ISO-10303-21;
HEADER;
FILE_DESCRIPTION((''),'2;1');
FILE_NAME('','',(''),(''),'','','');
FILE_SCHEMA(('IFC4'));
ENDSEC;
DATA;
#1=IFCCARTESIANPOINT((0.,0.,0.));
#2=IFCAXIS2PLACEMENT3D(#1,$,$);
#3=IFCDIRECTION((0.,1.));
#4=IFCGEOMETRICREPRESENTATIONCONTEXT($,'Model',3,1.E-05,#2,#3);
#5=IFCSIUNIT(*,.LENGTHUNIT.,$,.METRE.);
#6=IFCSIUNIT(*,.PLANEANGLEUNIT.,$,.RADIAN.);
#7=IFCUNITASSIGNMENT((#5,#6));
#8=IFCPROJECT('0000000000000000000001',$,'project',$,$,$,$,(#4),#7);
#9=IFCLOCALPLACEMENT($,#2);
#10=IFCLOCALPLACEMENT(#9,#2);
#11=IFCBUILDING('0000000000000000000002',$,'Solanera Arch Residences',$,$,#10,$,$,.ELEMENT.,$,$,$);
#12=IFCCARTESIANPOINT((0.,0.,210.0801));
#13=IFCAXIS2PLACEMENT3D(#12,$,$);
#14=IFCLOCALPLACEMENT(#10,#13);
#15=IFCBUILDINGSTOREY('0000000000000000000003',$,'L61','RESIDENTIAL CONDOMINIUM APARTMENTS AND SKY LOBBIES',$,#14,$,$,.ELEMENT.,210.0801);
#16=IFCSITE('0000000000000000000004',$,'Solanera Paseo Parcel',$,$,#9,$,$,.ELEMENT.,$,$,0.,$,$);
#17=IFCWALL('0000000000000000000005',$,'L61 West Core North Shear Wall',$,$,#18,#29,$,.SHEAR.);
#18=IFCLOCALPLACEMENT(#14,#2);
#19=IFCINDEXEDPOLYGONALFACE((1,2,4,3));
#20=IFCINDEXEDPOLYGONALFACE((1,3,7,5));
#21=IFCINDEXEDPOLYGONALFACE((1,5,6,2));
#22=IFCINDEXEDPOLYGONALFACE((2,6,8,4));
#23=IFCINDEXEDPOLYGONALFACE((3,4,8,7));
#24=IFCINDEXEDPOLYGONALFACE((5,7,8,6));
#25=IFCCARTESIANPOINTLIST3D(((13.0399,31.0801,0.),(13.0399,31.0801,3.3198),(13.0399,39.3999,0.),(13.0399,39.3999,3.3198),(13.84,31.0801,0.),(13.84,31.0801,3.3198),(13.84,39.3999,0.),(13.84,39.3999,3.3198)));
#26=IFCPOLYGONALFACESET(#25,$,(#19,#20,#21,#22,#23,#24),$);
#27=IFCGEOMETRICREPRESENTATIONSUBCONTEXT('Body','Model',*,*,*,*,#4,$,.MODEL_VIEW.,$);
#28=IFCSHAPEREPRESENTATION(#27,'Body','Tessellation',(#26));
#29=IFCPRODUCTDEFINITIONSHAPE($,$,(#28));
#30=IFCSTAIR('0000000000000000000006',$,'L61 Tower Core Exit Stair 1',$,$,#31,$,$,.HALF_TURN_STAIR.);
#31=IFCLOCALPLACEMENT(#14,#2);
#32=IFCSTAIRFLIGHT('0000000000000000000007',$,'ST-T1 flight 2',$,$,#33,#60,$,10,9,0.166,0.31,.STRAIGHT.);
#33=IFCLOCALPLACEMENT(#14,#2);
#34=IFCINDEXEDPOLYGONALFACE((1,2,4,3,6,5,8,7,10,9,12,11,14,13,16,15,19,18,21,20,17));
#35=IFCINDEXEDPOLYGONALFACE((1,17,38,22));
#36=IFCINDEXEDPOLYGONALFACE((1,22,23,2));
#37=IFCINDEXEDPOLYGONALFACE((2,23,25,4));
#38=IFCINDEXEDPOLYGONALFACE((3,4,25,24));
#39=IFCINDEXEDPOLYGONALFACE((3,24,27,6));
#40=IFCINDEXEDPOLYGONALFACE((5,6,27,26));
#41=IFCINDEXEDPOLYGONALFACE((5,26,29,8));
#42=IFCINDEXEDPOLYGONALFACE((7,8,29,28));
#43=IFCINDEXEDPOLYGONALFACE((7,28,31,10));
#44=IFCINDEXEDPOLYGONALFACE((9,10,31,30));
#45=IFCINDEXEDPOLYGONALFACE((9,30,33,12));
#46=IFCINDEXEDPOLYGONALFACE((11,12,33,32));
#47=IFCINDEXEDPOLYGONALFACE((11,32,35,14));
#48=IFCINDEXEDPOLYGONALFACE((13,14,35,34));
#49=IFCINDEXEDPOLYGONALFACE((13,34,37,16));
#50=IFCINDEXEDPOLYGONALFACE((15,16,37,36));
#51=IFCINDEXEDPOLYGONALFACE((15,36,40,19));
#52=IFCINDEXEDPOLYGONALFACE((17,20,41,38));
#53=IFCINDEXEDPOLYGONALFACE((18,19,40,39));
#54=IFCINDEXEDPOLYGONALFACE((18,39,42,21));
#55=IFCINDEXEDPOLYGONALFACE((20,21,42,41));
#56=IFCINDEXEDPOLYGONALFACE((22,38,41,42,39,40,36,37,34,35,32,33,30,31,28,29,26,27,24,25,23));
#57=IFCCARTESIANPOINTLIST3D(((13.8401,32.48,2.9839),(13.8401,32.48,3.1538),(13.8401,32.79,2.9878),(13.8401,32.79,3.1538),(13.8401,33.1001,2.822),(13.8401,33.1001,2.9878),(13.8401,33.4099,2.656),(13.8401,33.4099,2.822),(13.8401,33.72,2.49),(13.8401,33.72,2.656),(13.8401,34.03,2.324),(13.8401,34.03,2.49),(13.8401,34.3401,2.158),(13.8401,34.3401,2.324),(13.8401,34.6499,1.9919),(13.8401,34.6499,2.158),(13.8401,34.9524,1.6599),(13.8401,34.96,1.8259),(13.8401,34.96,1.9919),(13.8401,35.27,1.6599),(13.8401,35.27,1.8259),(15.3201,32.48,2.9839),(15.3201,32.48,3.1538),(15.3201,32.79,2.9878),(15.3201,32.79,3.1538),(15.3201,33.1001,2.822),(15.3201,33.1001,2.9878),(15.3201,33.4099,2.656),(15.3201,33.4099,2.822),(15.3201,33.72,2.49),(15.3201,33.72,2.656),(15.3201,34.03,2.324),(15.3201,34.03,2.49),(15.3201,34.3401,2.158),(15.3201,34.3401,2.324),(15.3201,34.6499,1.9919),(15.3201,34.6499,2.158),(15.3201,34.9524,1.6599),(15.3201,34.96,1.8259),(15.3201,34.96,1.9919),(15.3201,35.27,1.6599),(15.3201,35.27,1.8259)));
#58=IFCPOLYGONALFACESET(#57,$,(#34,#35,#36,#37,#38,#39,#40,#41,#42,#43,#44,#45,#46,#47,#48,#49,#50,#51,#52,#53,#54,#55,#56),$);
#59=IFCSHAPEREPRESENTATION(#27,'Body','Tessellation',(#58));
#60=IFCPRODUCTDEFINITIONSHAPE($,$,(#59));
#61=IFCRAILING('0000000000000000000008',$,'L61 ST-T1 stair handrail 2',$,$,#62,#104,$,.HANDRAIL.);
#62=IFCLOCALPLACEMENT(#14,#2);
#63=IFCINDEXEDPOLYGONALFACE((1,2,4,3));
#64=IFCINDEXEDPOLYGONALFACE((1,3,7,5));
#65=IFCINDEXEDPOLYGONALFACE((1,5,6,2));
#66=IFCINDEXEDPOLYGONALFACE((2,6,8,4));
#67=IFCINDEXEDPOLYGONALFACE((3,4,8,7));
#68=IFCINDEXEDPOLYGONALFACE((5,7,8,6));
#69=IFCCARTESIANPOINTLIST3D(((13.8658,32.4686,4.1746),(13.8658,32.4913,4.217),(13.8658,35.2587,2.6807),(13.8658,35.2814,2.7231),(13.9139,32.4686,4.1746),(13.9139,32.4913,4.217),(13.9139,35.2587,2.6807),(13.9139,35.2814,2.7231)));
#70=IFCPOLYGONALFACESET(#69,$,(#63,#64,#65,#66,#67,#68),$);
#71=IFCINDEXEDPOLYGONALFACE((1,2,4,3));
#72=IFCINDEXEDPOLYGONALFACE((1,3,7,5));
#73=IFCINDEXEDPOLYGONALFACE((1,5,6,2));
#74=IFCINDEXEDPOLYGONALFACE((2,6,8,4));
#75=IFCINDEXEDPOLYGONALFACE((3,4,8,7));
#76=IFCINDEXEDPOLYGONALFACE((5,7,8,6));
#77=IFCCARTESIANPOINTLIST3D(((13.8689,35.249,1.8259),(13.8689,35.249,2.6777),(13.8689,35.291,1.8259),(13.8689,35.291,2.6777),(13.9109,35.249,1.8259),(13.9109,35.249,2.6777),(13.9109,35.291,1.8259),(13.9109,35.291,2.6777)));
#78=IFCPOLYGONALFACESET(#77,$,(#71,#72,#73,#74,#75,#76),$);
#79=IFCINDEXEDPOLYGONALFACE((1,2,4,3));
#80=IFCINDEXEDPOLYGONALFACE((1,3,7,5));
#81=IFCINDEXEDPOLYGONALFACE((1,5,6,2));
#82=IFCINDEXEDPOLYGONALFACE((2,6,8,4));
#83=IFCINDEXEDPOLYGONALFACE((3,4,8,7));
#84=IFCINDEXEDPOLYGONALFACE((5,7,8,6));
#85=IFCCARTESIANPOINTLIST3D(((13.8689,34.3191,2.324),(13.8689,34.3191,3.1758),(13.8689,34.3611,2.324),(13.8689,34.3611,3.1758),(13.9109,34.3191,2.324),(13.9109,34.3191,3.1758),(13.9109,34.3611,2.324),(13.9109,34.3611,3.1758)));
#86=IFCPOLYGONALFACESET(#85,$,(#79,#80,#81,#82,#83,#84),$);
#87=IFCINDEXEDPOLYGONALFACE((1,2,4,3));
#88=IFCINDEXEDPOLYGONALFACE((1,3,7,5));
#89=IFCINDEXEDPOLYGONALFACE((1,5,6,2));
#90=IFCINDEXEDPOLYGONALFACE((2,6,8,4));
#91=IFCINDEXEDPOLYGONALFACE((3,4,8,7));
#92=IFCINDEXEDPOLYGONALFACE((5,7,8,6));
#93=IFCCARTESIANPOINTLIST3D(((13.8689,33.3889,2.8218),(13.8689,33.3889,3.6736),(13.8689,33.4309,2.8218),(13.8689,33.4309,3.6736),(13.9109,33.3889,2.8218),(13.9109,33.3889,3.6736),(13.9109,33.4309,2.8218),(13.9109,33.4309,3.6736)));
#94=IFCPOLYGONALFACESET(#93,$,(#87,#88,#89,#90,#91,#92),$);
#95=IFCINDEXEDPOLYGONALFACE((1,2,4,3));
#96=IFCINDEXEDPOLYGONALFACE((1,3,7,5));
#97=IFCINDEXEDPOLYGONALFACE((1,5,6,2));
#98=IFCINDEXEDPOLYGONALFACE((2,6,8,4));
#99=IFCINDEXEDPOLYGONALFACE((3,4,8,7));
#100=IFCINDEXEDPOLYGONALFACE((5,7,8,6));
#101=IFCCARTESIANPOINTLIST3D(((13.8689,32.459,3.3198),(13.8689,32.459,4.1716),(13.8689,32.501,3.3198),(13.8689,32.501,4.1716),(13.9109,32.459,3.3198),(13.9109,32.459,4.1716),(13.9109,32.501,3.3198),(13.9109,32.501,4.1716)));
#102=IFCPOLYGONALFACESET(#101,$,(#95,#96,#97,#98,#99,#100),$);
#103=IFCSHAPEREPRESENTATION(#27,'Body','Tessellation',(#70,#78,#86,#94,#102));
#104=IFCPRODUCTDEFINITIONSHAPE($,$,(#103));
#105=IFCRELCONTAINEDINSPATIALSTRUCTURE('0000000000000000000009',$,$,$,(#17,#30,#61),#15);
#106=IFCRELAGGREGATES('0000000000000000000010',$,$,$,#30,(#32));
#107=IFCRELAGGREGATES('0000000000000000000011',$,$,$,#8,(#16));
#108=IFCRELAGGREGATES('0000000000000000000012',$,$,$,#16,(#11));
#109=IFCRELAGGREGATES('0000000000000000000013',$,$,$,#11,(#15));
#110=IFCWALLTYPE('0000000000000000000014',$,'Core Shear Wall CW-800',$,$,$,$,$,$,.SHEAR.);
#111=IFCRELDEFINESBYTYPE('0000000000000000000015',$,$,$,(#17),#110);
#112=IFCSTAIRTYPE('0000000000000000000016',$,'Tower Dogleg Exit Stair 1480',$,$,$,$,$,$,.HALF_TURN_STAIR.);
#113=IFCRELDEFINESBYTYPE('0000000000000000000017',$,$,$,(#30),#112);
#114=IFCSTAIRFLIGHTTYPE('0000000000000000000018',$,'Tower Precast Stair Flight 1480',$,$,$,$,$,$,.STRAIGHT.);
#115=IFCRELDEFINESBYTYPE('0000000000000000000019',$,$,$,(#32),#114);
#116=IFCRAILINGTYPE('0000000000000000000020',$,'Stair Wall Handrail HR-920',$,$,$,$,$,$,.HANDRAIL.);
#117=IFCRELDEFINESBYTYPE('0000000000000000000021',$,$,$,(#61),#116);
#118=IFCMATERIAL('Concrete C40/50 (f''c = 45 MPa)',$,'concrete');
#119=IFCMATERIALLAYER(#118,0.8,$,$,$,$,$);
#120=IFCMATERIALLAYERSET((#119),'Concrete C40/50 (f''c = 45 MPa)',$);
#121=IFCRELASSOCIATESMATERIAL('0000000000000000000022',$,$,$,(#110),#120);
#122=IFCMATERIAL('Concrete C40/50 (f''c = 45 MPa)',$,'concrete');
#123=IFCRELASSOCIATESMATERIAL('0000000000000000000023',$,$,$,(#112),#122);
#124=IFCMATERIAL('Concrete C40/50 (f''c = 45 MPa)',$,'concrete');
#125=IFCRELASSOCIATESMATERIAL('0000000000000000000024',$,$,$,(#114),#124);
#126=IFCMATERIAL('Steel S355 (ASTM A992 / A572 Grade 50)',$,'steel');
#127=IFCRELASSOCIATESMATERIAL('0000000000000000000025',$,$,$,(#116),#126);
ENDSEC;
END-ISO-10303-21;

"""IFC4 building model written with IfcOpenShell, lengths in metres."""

from ifc_helpers import new_model, si_unit, direction, frame, frame_2d, origin, origin_2d, place, context, subcontext, project, spatial, polyline, rectangle, outline, extrude, material, layer, layer_set, type_object, element, aggregate, save


model = new_model("IFC4")

# Units and contexts
model_context = context("Model", 3, precision=1e-05, world=origin(), true_north=direction((0.0, 1.0)))
body_context = subcontext(model_context, "Body", "Model", "MODEL_VIEW")
ifc_project = project(units=[si_unit("LENGTHUNIT", "METRE"), si_unit("PLANEANGLEUNIT", "RADIAN")], contexts=[model_context])

# Site, building, storey
site_placement = place(None, origin())
site = spatial("IfcSite", under=ifc_project, at=site_placement, Name="Solanera Paseo Parcel", CompositionType="ELEMENT", RefElevation=0.0)
building_placement = place(site_placement, origin())
building = spatial("IfcBuilding", under=site, at=building_placement, Name="Solanera Arch Residences", CompositionType="ELEMENT")
storey_placement = place(building_placement, frame((0.0, 0.0, 210.0801)))
storey = spatial("IfcBuildingStorey", under=building, at=storey_placement, Name="L61", Description="RESIDENTIAL CONDOMINIUM APARTMENTS AND SKY LOBBIES", CompositionType="ELEMENT", Elevation=210.0801)

# Wall
ifc_material_1 = material(Name="Concrete C40/50 (f'c = 45 MPa)", Category="concrete")
ifc_layer_1 = layer(ifc_material_1, 0.8)
ifc_layer_set_1 = layer_set([ifc_layer_1], Name="Concrete C40/50 (f'c = 45 MPa)")
wall_type_1 = type_object("IfcWallType", Name="Core Shear Wall CW-800", PredefinedType="SHEAR", material=ifc_layer_set_1)
wall_1_placement = place(storey_placement, frame((13.4399, 31.0801, 0.0), z_axis=(0.0, 0.0, 1.0), x_axis=(0.0, 1.0, 0.0)))
element("IfcWall", 1, at=wall_1_placement, inside=storey, type_object=wall_type_1, Name="L61 West Core North Shear Wall", PredefinedType="SHEAR", context=body_context, shape_type="SweptSolid", body=[
    extrude(rectangle(XDim=8.3198, YDim=0.8, at=frame_2d((4.1599, 0.0))), origin(), (0.0, 0.0, 1.0), 3.3198),
])

# Stair, stair flight
ifc_material_2 = material(Name="Concrete C40/50 (f'c = 45 MPa)", Category="concrete")
stair_type = type_object("IfcStairType", Name="Tower Dogleg Exit Stair 1480", PredefinedType="HALF_TURN_STAIR", material=ifc_material_2)
stair_placement = place(storey_placement, origin())
stair = element("IfcStair", 2, at=stair_placement, inside=storey, type_object=stair_type, Name="L61 Tower Core Exit Stair 1", PredefinedType="HALF_TURN_STAIR")
ifc_material_3 = material(Name="Concrete C40/50 (f'c = 45 MPa)", Category="concrete")
stair_flight_type = type_object("IfcStairFlightType", Name="Tower Precast Stair Flight 1480", PredefinedType="STRAIGHT", material=ifc_material_3)
stair_flight_placement = place(storey_placement, frame((14.5801, 35.27, 1.6599), z_axis=(0.0, 0.0, 1.0), x_axis=(0.0, -1.0, 0.0)))
stair_flight = element("IfcStairFlight", 3, at=stair_flight_placement, type_object=stair_flight_type, Name="ST-T1 flight 2", NumberOfRisers=10, NumberOfTreads=9, PredefinedType="STRAIGHT", RiserHeight=0.166, TreadLength=0.31, context=body_context, shape_type="SweptSolid", body=[
    extrude(outline(polyline([(0.0, 0.0), (0.0, 0.166), (0.3101, 0.166), (0.3101, 0.332), (0.6201, 0.332), (0.6201, 0.498), (0.9299, 0.498), (0.9299, 0.6641), (1.24, 0.6641), (1.24, 0.8301), (1.55, 0.8301), (1.55, 0.9961), (1.8601, 0.9961), (1.8601, 1.1621), (2.1699, 1.1621), (2.1699, 1.3279), (2.48, 1.3279), (2.48, 1.4939), (2.79, 1.4939), (2.79, 1.6599), (2.79, 1.324), (0.3176, 0.0), (0.0, 0.0)])), frame((0.0, 0.74, 0.0), z_axis=(0.0, -1.0, 0.0), x_axis=(1.0, 0.0, 0.0)), (0.0, 0.0, 1.0), 1.48),
])
aggregate(stair, [stair_flight])

# Railing
ifc_material_4 = material(Name="Steel S355 (ASTM A992 / A572 Grade 50)", Category="steel")
railing_type = type_object("IfcRailingType", Name="Stair Wall Handrail HR-920", PredefinedType="HANDRAIL", material=ifc_material_4)
railing_placement = place(storey_placement, frame((13.8899, 35.27, 1.8259)))
element("IfcRailing", 4, at=railing_placement, inside=storey, type_object=railing_type, Name="L61 ST-T1 stair handrail 2", PredefinedType="HANDRAIL", context=body_context, shape_type="SweptSolid", body=[
    extrude(rectangle(XDim=0.0481, YDim=0.0481, at=origin_2d()), frame((0.0, 0.0, 0.876), z_axis=(0.0, -0.881581, 0.472033), x_axis=(1.0, 0.0, 0.0)), (0.0, 0.0, 1.0), 3.1648),
    extrude(rectangle(XDim=0.042, YDim=0.042, at=origin_2d()), origin(), (0.0, 0.0, 1.0), 0.8518),
    extrude(rectangle(XDim=0.042, YDim=0.042, at=origin_2d()), frame((0.0, -0.9299, 0.498)), (0.0, 0.0, 1.0), 0.8518),
    extrude(rectangle(XDim=0.042, YDim=0.042, at=origin_2d()), frame((0.0, -1.8601, 0.9958)), (0.0, 0.0, 1.0), 0.8518),
    extrude(rectangle(XDim=0.042, YDim=0.042, at=origin_2d()), frame((0.0, -2.79, 1.4939)), (0.0, 0.0, 1.0), 0.8518),
])

save(model, "model.ifc")
